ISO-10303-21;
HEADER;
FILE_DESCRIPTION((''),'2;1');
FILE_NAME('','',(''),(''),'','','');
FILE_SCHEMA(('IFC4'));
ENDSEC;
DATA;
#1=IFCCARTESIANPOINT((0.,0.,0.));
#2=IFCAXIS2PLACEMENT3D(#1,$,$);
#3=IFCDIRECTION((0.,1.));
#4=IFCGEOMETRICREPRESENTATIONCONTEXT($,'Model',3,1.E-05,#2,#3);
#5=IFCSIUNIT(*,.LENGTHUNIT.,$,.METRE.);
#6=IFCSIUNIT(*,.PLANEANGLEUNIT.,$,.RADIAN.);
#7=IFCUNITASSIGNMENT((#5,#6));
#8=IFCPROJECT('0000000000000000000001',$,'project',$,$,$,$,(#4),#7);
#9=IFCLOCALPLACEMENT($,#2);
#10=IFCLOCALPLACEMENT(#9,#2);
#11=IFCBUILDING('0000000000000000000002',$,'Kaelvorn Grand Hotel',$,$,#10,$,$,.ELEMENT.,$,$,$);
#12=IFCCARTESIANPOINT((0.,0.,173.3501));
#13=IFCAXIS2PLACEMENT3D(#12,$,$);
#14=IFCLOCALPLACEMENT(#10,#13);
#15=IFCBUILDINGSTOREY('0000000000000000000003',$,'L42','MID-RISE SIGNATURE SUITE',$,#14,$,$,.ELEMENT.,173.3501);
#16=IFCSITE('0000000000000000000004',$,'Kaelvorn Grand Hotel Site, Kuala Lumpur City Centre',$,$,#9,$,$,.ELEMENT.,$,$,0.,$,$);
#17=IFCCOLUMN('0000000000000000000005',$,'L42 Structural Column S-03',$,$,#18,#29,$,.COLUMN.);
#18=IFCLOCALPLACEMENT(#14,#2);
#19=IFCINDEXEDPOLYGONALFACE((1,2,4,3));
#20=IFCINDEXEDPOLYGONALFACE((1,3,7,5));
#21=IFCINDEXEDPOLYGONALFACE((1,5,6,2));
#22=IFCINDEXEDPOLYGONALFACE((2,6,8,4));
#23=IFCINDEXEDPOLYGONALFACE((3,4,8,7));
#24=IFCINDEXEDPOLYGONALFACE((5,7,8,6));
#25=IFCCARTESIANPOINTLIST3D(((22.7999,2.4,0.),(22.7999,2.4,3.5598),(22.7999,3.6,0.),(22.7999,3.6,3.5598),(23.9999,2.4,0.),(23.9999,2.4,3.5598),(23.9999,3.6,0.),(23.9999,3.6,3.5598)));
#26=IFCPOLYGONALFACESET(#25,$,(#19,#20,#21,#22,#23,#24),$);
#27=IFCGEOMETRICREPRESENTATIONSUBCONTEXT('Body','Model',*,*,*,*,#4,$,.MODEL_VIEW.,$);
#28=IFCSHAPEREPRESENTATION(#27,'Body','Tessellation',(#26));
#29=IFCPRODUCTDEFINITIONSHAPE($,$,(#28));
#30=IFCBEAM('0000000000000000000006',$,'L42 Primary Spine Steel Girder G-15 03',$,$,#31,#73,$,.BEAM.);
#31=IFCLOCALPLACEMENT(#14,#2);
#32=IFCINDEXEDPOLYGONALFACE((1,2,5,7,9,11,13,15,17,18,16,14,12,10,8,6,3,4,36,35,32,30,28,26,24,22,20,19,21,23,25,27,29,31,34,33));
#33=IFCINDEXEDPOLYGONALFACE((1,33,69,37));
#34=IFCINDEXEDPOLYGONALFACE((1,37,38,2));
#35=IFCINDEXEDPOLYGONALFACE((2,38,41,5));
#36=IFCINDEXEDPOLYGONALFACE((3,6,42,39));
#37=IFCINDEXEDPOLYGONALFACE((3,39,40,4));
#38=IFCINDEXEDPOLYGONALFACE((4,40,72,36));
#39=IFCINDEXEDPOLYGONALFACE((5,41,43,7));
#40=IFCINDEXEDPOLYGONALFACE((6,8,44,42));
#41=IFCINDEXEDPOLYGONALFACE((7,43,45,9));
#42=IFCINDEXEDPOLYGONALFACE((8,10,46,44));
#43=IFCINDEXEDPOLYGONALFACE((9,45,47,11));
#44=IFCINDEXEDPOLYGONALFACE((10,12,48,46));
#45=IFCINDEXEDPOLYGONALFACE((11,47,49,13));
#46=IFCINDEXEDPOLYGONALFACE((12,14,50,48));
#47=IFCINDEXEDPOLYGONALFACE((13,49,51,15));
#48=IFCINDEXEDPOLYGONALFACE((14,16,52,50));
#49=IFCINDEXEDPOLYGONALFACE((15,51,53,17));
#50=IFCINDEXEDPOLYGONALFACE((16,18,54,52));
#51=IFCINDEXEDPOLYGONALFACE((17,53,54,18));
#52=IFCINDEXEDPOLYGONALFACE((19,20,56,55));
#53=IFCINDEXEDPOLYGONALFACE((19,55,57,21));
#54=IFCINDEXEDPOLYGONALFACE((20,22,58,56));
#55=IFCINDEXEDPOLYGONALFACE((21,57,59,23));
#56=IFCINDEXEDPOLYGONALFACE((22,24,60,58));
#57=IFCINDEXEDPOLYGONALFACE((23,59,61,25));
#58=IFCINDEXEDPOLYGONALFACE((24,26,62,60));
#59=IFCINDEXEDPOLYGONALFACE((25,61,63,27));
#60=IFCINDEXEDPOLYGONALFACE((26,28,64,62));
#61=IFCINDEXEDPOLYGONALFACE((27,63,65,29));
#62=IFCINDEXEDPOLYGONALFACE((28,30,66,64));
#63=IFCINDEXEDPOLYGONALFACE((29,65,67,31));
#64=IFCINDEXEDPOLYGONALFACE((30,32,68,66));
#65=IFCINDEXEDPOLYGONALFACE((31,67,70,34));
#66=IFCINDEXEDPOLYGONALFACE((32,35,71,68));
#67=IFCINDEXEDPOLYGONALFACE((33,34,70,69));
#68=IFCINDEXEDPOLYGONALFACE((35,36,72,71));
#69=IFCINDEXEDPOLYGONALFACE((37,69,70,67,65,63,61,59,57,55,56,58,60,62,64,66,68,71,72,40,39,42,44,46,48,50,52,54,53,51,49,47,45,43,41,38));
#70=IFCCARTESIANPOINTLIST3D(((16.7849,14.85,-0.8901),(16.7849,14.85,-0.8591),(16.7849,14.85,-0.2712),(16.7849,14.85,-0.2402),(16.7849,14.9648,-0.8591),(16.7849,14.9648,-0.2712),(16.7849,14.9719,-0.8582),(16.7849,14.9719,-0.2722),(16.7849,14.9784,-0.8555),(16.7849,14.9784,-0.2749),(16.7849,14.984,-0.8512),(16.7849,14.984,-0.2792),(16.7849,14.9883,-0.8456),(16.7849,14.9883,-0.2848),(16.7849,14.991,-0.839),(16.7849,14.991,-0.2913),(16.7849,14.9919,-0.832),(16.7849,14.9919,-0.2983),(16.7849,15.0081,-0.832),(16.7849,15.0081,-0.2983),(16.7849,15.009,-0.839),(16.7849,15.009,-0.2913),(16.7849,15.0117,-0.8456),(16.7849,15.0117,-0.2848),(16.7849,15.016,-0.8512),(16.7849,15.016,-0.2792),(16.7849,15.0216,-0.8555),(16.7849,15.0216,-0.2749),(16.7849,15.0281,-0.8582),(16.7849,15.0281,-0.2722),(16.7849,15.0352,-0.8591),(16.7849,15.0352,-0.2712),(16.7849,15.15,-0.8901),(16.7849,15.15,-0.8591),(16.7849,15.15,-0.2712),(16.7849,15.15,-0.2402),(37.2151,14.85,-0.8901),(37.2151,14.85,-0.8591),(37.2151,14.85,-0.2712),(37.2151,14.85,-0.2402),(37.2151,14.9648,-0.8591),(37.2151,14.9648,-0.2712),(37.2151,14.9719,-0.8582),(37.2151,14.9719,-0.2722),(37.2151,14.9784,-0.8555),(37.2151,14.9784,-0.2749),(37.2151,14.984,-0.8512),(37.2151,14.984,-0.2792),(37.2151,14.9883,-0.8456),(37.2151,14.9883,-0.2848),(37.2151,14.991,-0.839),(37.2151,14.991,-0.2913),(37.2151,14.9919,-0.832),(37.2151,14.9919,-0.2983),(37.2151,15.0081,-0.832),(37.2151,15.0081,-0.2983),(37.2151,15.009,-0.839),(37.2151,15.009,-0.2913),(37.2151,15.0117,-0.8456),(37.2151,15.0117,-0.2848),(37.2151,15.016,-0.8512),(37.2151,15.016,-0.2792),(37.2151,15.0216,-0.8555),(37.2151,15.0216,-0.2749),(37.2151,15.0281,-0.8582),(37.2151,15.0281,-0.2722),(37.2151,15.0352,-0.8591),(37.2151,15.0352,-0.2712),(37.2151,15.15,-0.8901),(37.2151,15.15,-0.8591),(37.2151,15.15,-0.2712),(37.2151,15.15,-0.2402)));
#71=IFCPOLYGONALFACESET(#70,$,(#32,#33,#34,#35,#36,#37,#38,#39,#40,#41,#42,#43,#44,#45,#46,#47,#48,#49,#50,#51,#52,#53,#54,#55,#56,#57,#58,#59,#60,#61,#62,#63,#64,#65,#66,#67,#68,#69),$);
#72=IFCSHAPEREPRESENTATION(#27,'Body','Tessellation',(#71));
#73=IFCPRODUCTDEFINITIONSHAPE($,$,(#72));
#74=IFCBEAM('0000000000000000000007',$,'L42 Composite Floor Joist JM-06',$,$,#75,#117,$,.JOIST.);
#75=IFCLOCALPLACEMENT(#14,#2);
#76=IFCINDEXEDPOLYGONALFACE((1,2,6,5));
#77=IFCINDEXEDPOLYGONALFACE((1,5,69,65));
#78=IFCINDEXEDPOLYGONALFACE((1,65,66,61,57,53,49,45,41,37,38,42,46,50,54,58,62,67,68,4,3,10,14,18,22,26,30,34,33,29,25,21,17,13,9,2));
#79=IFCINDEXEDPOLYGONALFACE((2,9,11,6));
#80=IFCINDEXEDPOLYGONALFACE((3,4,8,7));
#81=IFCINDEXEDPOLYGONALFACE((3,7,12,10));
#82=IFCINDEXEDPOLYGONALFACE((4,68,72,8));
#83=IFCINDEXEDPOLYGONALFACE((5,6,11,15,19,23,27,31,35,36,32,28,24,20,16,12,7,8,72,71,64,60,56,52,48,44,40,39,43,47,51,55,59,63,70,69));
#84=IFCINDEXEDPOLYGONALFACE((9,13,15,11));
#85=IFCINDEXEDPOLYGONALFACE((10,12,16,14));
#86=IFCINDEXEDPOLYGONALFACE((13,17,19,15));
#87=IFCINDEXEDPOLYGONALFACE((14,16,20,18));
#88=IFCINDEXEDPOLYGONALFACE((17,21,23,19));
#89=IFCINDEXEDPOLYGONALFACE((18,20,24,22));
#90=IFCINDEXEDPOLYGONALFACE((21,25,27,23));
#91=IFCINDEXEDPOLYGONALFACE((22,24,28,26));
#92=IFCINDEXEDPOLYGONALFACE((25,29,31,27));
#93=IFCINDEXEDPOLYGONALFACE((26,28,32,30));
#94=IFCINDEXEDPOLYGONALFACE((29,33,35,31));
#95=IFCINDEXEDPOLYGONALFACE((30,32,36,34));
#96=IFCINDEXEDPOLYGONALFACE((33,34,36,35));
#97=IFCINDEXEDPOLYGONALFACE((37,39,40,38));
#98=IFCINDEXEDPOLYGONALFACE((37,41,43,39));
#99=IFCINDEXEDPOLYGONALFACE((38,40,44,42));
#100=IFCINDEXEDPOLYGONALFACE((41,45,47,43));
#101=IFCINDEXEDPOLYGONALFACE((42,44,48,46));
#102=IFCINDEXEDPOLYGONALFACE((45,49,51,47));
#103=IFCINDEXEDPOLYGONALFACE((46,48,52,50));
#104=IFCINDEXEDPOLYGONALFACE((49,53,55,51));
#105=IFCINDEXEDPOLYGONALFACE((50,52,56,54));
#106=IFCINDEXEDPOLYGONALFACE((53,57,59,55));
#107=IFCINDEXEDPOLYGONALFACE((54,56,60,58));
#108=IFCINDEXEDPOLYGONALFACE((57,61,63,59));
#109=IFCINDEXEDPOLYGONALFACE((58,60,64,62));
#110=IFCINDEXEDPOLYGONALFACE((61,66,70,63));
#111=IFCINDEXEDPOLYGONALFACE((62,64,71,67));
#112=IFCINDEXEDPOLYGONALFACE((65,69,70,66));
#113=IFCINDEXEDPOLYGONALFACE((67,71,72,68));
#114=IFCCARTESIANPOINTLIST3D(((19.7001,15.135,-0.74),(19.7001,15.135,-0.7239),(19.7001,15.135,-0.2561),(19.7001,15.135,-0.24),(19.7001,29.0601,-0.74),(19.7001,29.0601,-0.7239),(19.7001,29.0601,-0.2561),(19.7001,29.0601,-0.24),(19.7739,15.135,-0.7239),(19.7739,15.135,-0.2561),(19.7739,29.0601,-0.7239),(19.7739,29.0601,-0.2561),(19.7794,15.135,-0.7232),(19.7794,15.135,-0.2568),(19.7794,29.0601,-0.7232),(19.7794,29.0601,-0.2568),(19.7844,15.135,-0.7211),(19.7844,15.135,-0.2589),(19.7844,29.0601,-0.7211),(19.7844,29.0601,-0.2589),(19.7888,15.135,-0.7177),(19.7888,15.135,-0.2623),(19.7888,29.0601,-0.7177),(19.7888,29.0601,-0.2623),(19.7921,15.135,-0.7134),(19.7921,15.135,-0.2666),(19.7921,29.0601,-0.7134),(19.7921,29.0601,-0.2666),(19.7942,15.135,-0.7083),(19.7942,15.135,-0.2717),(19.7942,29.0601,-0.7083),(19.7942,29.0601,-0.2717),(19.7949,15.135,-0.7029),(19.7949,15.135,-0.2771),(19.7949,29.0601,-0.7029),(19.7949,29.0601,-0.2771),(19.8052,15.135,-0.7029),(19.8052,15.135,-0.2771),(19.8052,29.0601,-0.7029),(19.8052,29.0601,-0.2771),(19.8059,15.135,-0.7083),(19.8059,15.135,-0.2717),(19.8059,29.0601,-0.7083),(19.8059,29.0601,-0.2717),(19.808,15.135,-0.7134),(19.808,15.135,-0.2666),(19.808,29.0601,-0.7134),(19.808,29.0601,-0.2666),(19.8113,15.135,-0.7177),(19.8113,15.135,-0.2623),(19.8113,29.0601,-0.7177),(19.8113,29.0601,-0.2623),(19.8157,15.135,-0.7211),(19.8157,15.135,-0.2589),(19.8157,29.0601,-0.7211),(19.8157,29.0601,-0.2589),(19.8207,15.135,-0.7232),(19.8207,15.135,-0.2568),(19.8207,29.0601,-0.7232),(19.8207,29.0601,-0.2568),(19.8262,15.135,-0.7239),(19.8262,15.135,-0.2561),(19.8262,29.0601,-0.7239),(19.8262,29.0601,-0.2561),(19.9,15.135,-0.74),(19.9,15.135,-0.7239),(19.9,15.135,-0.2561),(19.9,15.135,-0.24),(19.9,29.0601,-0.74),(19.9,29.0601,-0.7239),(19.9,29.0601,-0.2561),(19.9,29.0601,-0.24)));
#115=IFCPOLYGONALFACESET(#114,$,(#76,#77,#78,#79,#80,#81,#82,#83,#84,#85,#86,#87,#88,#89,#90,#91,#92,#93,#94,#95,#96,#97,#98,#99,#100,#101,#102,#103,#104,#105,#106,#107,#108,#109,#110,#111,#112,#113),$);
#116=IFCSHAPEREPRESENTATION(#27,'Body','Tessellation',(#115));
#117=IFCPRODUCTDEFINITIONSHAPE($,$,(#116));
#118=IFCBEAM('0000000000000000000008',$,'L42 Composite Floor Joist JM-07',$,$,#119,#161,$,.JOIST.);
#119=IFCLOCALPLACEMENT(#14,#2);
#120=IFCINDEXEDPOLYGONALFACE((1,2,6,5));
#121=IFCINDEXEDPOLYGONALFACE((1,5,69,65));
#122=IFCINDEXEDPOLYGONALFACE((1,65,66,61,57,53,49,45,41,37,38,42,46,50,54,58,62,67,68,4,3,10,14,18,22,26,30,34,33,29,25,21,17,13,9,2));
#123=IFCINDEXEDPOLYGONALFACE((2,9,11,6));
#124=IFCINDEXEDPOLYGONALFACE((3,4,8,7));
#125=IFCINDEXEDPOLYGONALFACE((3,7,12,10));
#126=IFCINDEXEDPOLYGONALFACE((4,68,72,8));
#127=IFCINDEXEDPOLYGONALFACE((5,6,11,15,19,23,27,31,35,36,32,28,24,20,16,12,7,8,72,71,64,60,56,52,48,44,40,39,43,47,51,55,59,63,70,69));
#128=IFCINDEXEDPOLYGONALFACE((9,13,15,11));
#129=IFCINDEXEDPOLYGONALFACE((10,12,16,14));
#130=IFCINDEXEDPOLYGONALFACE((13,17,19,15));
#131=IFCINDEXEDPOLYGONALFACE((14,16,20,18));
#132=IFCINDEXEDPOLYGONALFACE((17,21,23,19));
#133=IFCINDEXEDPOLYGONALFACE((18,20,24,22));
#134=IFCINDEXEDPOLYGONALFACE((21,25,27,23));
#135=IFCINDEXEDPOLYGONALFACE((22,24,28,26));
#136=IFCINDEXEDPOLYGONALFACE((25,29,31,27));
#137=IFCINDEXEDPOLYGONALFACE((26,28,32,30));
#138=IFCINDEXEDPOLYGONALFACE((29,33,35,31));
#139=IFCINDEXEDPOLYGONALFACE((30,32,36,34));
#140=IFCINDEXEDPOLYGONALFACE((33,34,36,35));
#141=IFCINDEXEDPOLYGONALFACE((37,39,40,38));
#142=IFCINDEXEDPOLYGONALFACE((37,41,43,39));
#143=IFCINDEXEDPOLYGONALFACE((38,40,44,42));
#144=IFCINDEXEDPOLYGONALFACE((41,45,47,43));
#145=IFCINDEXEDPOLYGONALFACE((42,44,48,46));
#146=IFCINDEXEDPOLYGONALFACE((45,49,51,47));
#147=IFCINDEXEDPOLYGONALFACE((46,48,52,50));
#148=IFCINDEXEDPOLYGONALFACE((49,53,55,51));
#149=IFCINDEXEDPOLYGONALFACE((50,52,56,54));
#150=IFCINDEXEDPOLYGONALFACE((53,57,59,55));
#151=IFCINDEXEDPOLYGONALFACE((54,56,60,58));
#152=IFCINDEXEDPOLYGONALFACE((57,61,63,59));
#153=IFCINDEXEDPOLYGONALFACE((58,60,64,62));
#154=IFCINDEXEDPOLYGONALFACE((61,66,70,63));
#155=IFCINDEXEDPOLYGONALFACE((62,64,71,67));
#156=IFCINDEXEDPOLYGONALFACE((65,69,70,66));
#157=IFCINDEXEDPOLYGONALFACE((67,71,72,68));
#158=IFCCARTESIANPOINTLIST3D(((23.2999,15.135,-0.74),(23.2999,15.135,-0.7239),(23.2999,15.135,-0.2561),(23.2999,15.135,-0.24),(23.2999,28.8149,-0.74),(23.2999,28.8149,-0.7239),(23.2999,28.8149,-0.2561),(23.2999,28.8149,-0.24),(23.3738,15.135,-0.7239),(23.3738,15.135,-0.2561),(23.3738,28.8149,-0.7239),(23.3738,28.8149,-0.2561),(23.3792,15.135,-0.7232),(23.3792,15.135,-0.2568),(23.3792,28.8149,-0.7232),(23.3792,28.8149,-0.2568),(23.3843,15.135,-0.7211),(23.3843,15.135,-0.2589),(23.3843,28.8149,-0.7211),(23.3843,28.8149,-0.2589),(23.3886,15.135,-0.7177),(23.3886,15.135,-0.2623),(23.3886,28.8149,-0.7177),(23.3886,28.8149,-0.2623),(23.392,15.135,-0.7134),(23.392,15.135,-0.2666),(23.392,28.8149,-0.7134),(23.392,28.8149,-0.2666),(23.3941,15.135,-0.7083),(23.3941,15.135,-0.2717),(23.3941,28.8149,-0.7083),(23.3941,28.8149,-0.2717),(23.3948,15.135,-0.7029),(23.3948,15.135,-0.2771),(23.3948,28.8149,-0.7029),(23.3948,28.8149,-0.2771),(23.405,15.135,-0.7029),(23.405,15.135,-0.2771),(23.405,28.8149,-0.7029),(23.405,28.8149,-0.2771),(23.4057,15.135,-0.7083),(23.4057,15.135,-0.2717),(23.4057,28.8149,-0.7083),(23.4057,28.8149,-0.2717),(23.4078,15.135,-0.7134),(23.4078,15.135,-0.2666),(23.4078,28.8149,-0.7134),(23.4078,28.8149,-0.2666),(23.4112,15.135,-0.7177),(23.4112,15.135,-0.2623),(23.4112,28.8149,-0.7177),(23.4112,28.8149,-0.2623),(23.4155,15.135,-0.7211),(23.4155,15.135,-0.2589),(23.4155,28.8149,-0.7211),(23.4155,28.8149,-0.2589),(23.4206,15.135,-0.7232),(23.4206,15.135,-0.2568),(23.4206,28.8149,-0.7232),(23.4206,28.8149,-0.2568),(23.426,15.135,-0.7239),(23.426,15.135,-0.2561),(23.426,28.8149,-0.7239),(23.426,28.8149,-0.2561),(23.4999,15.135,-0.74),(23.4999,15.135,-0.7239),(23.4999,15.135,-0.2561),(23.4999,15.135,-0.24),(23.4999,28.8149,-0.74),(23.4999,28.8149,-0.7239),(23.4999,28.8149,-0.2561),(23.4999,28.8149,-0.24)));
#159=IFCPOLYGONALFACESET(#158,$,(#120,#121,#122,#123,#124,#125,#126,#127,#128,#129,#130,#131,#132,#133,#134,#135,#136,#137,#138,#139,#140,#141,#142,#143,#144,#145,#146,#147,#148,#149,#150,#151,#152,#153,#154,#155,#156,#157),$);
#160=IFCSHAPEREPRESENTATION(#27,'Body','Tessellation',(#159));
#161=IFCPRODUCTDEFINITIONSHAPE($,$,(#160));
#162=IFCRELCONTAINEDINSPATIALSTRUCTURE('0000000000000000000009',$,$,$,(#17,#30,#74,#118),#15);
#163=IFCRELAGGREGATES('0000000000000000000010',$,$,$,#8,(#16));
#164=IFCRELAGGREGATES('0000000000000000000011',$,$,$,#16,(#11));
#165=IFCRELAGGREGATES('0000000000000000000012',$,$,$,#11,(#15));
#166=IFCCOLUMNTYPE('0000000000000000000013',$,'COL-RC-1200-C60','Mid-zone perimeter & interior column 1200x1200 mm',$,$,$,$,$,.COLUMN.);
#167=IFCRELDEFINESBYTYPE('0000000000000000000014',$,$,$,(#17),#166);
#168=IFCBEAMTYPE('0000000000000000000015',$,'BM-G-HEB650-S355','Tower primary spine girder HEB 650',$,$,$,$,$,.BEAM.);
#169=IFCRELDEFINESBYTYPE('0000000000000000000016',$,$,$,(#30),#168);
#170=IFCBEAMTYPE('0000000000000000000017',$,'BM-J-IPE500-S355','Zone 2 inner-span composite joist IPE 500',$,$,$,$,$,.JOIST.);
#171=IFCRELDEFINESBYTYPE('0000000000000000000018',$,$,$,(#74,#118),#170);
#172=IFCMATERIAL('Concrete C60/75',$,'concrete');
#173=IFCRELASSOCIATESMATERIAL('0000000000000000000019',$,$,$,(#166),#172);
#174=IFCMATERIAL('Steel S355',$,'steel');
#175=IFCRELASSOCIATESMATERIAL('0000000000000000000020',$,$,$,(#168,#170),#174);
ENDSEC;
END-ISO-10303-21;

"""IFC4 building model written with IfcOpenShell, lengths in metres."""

from ifc_helpers import new_model, si_unit, direction, frame, origin, origin_2d, place, context, subcontext, project, spatial, rectangle, i_section, extrude, material, material_profile, profile_set, type_object, element, save


model = new_model("IFC4")

# Units and contexts
model_context = context("Model", 3, precision=1e-05, world=origin(), true_north=direction((0.0, 1.0)))
body_context = subcontext(model_context, "Body", "Model", "MODEL_VIEW")
ifc_project = project(units=[si_unit("LENGTHUNIT", "METRE"), si_unit("PLANEANGLEUNIT", "RADIAN")], contexts=[model_context])

# Site, building, storey
site_placement = place(None, origin())
site = spatial("IfcSite", under=ifc_project, at=site_placement, Name="Kaelvorn Grand Hotel Site, Kuala Lumpur City Centre", CompositionType="ELEMENT", RefElevation=0.0)
building_placement = place(site_placement, origin())
building = spatial("IfcBuilding", under=site, at=building_placement, Name="Kaelvorn Grand Hotel", CompositionType="ELEMENT")
storey_placement = place(building_placement, frame((0.0, 0.0, 173.3501)))
storey = spatial("IfcBuildingStorey", under=building, at=storey_placement, Name="L42", Description="MID-RISE SIGNATURE SUITE", CompositionType="ELEMENT", Elevation=173.3501)

# Column
ifc_material_1 = material(Name="Concrete C60/75", Category="concrete")
ifc_material_profile_1 = material_profile(ifc_material_1, rectangle(XDim=1.2, YDim=1.2, at=origin_2d()), Name="RC COL 1200x1200")
ifc_profile_set_1 = profile_set([ifc_material_profile_1], Name="Concrete C60/75")
column_type = type_object("IfcColumnType", Name="COL-RC-1200-C60", Description="Mid-zone perimeter & interior column 1200x1200 mm", PredefinedType="COLUMN", material=ifc_profile_set_1)
column_placement = place(storey_placement, frame((23.3999, 3.0, 0.0), z_axis=(0.0, 0.0, 1.0), x_axis=(1.0, 0.0, 0.0)))
element("IfcColumn", 1, at=column_placement, inside=storey, type_object=column_type, Name="L42 Structural Column S-03", PredefinedType="COLUMN", context=body_context, shape_type="SweptSolid", body=[
    extrude(rectangle(XDim=1.2, YDim=1.2, at=origin_2d()), origin(), (0.0, 0.0, 1.0), 3.5598),
])

# Beams
ifc_material_2 = material(Name="Steel S355", Category="steel")
ifc_material_profile_2 = material_profile(ifc_material_2, i_section(OverallWidth=0.3, OverallDepth=0.6499, WebThickness=0.0161, FlangeThickness=0.031, FilletRadius=0.0271, at=origin_2d()), Name="HEB 650")
ifc_profile_set_2 = profile_set([ifc_material_profile_2], Name="Steel S355")
beam_type_1 = type_object("IfcBeamType", Name="BM-G-HEB650-S355", Description="Tower primary spine girder HEB 650", PredefinedType="BEAM", material=ifc_profile_set_2)
beam_1_placement = place(storey_placement, frame((16.7849, 15.0, -0.5652), z_axis=(1.0, 0.0, 0.0), x_axis=(0.0, 1.0, 0.0)))
element("IfcBeam", 2, at=beam_1_placement, inside=storey, type_object=beam_type_1, Name="L42 Primary Spine Steel Girder G-15 03", PredefinedType="BEAM", context=body_context, shape_type="SweptSolid", body=[
    extrude(i_section(OverallWidth=0.3, OverallDepth=0.6499, WebThickness=0.0161, FlangeThickness=0.031, FilletRadius=0.0271, at=origin_2d()), origin(), (0.0, 0.0, 1.0), 20.4302),
])
ifc_material_profile_3 = material_profile(ifc_material_2, i_section(OverallWidth=0.2, OverallDepth=0.5, WebThickness=0.0103, FlangeThickness=0.0161, FilletRadius=0.021, at=origin_2d()), Name="IPE 500")
ifc_profile_set_3 = profile_set([ifc_material_profile_3], Name="Steel S355")
beam_type_2 = type_object("IfcBeamType", Name="BM-J-IPE500-S355", Description="Zone 2 inner-span composite joist IPE 500", PredefinedType="JOIST", material=ifc_profile_set_3)
beam_2_placement = place(storey_placement, frame((19.8, 15.135, -0.49), z_axis=(0.0, 1.0, 0.0), x_axis=(-1.0, 0.0, 0.0)))
element("IfcBeam", 3, at=beam_2_placement, inside=storey, type_object=beam_type_2, Name="L42 Composite Floor Joist JM-06", PredefinedType="JOIST", context=body_context, shape_type="SweptSolid", body=[
    extrude(i_section(OverallWidth=0.2, OverallDepth=0.5, WebThickness=0.0103, FlangeThickness=0.0161, FilletRadius=0.021, at=origin_2d()), origin(), (0.0, 0.0, 1.0), 13.925),
])
beam_3_placement = place(storey_placement, frame((23.3999, 15.135, -0.49), z_axis=(0.0, 1.0, 0.0), x_axis=(-1.0, 0.0, 0.0)))
element("IfcBeam", 4, at=beam_3_placement, inside=storey, type_object=beam_type_2, Name="L42 Composite Floor Joist JM-07", PredefinedType="JOIST", context=body_context, shape_type="SweptSolid", body=[
    extrude(i_section(OverallWidth=0.2, OverallDepth=0.5, WebThickness=0.0103, FlangeThickness=0.0161, FilletRadius=0.021, at=origin_2d()), origin(), (0.0, 0.0, 1.0), 13.6799),
])

save(model, "model.ifc")
